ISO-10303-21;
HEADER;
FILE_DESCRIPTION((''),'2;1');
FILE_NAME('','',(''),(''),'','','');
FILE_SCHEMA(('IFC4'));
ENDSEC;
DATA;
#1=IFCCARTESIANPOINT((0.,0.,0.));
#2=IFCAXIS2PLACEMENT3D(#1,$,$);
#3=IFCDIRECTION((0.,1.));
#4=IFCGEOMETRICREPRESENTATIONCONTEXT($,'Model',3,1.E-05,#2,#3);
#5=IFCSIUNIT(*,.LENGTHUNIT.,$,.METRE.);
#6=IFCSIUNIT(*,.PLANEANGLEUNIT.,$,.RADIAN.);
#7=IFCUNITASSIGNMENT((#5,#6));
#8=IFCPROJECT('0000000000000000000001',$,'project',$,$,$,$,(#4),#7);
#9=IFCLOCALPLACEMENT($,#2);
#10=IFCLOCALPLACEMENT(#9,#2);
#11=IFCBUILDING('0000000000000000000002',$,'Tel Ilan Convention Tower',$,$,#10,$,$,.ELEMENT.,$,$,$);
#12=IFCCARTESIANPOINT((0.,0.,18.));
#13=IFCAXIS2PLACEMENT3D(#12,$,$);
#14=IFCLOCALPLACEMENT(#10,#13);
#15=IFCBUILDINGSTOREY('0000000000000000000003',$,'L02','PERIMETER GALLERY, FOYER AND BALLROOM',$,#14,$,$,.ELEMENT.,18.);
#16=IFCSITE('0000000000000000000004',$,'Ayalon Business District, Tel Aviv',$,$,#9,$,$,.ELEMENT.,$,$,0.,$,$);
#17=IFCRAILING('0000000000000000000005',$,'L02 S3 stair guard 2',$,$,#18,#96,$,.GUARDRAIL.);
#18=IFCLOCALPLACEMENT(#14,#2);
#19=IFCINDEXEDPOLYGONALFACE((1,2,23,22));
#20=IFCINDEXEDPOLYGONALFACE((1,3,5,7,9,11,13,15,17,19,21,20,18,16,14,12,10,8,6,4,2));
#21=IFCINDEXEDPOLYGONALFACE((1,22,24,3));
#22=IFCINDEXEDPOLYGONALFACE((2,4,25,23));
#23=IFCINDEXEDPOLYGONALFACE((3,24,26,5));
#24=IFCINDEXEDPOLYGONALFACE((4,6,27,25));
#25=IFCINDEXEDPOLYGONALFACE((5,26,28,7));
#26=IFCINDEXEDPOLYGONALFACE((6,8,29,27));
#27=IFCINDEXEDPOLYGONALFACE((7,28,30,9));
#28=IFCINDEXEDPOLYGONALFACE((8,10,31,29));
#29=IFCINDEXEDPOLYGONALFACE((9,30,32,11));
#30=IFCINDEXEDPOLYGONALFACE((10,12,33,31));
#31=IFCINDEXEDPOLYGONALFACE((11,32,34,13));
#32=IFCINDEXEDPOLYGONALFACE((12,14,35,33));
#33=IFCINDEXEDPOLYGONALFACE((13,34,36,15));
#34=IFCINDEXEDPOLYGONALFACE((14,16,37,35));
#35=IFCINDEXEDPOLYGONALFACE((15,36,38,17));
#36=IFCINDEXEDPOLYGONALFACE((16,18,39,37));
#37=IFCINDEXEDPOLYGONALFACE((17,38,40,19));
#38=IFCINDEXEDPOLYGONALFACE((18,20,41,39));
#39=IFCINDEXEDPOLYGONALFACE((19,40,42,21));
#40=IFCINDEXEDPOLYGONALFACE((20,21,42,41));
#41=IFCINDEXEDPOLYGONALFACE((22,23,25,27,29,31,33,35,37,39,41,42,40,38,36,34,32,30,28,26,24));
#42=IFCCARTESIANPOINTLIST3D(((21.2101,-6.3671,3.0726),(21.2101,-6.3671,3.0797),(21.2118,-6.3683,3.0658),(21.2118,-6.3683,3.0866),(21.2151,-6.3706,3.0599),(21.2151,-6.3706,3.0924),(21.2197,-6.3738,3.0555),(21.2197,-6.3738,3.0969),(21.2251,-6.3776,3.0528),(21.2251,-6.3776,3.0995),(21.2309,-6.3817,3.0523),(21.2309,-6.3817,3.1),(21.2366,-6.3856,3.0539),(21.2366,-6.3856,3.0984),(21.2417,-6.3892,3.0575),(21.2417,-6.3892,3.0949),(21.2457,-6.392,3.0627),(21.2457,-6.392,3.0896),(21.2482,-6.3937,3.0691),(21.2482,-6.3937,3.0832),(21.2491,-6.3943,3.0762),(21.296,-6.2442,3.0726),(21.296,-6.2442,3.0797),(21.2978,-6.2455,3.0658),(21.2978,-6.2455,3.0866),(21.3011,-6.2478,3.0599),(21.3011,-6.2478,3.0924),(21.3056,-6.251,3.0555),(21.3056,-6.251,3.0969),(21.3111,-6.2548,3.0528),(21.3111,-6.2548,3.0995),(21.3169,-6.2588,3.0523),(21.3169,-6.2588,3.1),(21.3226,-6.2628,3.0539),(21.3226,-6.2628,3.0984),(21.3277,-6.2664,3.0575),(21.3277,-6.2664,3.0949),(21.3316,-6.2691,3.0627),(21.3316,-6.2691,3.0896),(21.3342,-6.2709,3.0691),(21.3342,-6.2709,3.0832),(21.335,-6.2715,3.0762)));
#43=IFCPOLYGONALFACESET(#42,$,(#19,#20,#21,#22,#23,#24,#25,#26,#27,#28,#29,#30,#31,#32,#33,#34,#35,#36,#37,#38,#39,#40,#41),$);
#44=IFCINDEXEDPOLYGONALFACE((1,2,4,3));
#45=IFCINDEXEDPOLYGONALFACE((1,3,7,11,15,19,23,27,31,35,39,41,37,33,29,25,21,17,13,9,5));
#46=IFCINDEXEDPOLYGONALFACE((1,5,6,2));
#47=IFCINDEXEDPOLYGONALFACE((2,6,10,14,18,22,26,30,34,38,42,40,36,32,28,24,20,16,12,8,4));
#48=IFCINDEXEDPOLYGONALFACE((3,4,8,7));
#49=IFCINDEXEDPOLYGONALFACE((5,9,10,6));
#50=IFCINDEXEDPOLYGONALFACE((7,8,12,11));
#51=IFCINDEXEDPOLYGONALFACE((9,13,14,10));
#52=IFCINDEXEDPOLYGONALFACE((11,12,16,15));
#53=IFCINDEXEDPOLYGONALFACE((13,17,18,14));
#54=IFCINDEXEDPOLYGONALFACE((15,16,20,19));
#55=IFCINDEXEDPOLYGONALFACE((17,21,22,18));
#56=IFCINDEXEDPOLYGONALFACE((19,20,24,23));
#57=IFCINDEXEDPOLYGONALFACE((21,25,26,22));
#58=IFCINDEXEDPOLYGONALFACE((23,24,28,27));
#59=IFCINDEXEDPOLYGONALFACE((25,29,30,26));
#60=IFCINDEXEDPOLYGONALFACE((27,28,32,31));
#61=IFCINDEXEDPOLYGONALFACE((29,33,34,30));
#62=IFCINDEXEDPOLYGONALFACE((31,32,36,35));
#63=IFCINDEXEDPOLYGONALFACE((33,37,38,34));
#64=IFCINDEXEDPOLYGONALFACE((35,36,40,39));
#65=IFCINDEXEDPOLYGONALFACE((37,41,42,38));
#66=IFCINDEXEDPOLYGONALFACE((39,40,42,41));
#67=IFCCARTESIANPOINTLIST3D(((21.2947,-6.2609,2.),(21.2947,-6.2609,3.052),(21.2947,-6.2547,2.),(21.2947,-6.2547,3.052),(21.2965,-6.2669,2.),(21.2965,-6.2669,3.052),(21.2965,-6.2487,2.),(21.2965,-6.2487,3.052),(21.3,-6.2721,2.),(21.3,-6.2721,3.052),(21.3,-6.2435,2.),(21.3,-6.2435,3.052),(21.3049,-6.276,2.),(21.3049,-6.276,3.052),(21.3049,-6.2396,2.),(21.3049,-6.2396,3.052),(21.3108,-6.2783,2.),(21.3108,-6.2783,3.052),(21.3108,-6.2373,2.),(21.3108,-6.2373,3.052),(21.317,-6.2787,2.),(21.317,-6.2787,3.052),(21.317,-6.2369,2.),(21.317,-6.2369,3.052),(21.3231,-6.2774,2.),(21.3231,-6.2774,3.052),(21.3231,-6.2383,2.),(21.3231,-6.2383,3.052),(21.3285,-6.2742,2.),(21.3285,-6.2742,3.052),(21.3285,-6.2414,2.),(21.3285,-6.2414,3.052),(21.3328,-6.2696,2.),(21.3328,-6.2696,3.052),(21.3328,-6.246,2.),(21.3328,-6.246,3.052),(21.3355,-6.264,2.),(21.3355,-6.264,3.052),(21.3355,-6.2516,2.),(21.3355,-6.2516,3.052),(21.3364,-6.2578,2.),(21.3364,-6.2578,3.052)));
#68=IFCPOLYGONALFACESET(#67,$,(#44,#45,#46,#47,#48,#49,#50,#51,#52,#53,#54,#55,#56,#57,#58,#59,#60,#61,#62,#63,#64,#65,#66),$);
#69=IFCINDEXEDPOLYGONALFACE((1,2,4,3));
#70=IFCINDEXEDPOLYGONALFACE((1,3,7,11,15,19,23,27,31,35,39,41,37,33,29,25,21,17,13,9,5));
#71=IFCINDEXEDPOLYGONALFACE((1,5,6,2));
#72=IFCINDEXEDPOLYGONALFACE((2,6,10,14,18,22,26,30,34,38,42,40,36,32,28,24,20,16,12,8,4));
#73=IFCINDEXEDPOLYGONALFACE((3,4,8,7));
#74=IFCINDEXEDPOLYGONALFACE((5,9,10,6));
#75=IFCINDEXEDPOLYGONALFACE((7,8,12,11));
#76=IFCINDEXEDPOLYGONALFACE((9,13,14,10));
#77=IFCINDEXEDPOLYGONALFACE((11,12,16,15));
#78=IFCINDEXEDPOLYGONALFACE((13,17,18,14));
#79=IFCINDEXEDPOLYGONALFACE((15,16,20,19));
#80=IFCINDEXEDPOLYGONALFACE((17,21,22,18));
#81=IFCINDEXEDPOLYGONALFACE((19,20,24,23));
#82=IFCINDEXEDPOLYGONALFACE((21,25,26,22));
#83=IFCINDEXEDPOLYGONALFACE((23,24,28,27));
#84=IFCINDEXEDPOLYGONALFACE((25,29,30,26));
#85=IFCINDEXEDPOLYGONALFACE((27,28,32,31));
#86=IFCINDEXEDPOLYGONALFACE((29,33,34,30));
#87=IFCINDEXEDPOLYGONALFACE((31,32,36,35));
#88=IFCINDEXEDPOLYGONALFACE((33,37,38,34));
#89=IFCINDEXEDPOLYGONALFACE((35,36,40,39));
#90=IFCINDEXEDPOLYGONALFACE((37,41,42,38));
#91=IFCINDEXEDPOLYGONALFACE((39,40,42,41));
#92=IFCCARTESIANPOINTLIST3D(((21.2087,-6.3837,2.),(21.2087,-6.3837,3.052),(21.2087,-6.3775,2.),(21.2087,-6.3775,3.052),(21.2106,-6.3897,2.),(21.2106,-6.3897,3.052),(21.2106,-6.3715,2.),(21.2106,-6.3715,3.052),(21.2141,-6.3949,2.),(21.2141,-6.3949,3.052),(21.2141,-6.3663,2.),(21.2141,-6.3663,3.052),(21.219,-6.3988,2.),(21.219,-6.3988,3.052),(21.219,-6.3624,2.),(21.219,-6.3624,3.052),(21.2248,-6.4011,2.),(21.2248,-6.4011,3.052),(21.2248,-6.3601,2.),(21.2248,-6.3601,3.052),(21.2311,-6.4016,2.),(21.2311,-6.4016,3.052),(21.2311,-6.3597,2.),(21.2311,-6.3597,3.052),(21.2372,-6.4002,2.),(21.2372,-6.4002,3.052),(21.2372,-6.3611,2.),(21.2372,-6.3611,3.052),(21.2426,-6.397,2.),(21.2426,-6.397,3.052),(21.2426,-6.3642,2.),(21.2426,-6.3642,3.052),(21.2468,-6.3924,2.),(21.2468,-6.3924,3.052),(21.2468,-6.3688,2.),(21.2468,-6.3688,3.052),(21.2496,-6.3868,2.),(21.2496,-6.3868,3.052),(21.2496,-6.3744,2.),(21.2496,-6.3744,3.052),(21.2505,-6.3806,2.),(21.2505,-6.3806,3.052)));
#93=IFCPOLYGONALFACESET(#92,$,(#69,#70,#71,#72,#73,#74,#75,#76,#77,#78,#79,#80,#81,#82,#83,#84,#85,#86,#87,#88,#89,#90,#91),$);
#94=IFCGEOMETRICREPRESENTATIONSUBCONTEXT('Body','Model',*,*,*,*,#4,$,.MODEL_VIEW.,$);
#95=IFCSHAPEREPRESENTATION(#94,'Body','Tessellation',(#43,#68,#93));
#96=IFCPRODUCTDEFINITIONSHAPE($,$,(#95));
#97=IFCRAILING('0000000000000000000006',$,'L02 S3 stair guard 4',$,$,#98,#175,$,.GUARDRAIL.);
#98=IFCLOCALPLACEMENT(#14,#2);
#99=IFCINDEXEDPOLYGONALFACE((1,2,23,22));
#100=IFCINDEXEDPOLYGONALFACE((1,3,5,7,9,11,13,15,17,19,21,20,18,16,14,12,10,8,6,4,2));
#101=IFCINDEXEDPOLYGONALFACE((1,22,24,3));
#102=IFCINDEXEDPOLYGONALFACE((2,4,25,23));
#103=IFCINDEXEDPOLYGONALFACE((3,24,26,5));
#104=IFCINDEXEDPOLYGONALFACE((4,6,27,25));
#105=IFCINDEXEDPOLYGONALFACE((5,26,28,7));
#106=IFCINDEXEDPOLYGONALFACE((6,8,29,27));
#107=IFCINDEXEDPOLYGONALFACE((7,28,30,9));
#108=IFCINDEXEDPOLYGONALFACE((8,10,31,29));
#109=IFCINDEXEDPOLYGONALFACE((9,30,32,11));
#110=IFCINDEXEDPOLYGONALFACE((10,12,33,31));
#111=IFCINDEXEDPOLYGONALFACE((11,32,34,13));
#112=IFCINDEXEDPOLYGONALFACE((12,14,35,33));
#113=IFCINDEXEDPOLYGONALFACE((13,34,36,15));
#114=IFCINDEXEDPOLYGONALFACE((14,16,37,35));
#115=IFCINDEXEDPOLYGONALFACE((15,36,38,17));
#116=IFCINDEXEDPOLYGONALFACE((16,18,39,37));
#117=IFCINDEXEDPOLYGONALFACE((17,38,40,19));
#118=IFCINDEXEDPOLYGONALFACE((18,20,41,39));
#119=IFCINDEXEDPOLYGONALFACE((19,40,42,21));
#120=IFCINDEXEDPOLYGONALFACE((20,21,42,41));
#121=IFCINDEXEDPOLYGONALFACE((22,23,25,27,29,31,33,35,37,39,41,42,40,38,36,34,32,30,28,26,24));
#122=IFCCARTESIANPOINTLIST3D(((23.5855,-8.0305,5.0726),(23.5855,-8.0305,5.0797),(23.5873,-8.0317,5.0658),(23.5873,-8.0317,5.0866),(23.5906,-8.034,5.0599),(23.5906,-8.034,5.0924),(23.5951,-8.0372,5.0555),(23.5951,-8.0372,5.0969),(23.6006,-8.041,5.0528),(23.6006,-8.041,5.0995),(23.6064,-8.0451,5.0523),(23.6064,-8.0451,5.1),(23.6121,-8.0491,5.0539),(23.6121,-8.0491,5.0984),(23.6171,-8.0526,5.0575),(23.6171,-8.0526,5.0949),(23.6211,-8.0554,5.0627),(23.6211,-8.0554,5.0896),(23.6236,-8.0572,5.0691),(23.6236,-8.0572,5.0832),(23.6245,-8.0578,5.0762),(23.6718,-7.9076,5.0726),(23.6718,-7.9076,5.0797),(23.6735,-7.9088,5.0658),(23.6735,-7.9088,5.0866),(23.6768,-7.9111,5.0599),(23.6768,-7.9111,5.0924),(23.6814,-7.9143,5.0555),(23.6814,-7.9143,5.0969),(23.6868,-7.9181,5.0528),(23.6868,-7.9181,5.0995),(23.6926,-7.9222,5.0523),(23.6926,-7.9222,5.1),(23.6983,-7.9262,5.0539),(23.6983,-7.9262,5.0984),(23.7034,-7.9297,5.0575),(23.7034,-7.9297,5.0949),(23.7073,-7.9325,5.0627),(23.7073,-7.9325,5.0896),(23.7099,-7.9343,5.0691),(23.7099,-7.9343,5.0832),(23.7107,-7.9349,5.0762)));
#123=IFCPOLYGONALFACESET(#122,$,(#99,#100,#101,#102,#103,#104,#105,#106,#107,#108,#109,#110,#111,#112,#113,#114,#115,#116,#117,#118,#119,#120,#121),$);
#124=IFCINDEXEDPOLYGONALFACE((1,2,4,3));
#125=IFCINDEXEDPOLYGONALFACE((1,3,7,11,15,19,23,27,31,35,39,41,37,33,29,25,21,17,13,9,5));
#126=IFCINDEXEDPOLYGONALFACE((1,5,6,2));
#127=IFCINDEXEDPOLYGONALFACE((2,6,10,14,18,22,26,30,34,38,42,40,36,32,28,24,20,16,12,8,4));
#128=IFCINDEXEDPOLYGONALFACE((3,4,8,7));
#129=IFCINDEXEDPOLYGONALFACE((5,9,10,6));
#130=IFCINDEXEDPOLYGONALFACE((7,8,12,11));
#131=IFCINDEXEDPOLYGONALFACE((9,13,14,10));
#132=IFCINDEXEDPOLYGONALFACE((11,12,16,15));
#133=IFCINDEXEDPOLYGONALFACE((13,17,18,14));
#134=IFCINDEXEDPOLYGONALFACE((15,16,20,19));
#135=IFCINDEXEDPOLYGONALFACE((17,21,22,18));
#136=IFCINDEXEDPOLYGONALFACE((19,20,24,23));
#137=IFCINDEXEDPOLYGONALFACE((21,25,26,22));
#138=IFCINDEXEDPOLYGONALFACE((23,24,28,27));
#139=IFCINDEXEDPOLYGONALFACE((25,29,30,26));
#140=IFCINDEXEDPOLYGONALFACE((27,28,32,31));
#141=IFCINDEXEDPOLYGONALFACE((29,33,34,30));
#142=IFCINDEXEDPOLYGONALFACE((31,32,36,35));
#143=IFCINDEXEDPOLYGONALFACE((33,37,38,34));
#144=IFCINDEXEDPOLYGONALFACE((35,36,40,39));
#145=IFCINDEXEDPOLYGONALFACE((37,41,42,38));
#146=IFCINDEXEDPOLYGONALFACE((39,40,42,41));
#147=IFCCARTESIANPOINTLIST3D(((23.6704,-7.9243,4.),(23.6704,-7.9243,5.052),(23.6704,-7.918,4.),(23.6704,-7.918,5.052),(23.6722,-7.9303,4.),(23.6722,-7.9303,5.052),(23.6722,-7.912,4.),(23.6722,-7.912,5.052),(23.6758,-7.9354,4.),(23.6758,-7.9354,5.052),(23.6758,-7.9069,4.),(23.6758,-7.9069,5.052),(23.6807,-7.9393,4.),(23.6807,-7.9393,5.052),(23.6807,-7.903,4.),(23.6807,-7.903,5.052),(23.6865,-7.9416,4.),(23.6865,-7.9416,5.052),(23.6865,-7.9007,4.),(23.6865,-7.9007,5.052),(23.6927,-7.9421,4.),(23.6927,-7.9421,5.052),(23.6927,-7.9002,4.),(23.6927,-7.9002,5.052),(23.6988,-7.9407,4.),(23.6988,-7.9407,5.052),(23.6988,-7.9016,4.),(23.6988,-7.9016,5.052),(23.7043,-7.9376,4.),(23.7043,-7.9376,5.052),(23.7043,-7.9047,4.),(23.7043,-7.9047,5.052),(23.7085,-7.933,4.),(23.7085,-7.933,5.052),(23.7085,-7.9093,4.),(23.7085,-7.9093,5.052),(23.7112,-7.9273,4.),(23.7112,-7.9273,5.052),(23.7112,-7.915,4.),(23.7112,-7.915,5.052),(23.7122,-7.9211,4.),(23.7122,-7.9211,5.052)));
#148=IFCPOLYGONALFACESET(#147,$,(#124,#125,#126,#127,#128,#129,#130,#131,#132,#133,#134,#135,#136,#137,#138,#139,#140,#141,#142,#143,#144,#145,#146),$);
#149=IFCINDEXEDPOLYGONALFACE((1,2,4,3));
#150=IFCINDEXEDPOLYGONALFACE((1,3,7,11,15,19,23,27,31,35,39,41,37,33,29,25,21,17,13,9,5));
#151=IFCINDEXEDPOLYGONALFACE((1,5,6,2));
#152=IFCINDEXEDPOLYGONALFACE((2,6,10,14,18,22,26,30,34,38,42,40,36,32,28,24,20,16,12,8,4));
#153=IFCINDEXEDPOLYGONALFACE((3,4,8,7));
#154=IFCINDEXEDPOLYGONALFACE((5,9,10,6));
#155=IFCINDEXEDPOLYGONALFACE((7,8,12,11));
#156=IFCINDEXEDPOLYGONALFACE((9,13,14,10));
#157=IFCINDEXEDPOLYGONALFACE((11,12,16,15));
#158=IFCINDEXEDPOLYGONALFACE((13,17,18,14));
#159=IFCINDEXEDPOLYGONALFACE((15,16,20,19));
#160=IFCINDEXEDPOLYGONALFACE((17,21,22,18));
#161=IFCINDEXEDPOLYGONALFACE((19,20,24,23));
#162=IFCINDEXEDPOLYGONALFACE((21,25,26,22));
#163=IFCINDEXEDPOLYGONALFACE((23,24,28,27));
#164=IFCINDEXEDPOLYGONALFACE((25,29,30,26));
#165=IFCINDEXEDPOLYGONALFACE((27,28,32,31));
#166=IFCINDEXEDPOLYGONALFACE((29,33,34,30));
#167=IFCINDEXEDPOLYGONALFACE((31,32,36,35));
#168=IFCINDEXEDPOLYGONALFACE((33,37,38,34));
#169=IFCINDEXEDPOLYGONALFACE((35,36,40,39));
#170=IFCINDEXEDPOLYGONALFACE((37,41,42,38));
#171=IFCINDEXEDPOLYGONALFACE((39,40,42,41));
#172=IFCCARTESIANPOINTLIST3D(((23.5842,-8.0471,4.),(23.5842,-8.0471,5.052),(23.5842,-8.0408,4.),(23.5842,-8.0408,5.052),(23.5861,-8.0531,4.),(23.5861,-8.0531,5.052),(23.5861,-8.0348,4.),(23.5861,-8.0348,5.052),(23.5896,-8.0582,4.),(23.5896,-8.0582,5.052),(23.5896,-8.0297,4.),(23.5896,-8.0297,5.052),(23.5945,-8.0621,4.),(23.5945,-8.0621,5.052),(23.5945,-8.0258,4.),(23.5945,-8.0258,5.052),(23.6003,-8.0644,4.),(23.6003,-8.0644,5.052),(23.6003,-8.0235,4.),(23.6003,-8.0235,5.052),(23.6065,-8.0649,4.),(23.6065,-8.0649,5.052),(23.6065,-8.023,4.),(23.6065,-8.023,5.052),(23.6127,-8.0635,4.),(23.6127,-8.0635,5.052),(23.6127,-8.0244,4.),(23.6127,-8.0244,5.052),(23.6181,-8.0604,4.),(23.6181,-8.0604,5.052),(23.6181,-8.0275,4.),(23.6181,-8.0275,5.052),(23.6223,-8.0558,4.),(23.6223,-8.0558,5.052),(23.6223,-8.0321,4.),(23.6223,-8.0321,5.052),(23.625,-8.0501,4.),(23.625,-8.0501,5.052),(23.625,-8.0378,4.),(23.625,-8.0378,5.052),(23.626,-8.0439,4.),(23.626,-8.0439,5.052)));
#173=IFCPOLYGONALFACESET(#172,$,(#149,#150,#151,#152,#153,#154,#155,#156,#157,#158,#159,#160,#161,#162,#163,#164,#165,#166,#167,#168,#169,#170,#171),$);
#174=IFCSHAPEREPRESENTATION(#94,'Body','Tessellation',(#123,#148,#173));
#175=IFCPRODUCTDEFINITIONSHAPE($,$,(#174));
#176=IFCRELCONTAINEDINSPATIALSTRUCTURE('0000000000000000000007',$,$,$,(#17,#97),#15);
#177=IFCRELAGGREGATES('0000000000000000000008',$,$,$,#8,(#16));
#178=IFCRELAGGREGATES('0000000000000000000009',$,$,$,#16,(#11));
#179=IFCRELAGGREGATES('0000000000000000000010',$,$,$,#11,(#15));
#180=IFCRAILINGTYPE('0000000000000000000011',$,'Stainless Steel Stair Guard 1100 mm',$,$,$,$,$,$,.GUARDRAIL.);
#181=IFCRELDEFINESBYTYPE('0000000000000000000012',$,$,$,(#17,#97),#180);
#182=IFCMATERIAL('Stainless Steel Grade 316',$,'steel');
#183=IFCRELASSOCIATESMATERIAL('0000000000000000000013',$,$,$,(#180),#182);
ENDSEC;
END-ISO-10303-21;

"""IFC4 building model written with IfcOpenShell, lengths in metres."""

from ifc_helpers import new_model, si_unit, direction, frame, origin, origin_2d, place, context, subcontext, project, spatial, circle, extrude, material, type_object, element, save


model = new_model("IFC4")

# Units and contexts
model_context = context("Model", 3, precision=1e-05, world=origin(), true_north=direction((0.0, 1.0)))
body_context = subcontext(model_context, "Body", "Model", "MODEL_VIEW")
ifc_project = project(units=[si_unit("LENGTHUNIT", "METRE"), si_unit("PLANEANGLEUNIT", "RADIAN")], contexts=[model_context])

# Site, building, storey
site_placement = place(None, origin())
site = spatial("IfcSite", under=ifc_project, at=site_placement, Name="Ayalon Business District, Tel Aviv", CompositionType="ELEMENT", RefElevation=0.0)
building_placement = place(site_placement, origin())
building = spatial("IfcBuilding", under=site, at=building_placement, Name="Tel Ilan Convention Tower", CompositionType="ELEMENT")
storey_placement = place(building_placement, frame((0.0, 0.0, 18.0)))
storey = spatial("IfcBuildingStorey", under=building, at=storey_placement, Name="L02", Description="PERIMETER GALLERY, FOYER AND BALLROOM", CompositionType="ELEMENT", Elevation=18.0)

# Railings
ifc_material_1 = material(Name="Stainless Steel Grade 316", Category="steel")
railing_type_1 = type_object("IfcRailingType", Name="Stainless Steel Stair Guard 1100 mm", PredefinedType="GUARDRAIL", material=ifc_material_1)
railing_1_placement = place(storey_placement, frame((21.3154, -6.2578, 2.0)))
element("IfcRailing", 1, at=railing_1_placement, inside=storey, type_object=railing_type_1, Name="L02 S3 stair guard 2", PredefinedType="GUARDRAIL", context=body_context, shape_type="SweptSolid", body=[
    extrude(circle(Radius=0.0239, at=origin_2d()), frame((0.0, 0.0, 1.0762), z_axis=(-0.573353, -0.819308, 0.0), x_axis=(0.819308, -0.573353, 0.0)), (0.0, 0.0, 1.0), 0.1499),
    extrude(circle(Radius=0.021, at=origin_2d()), origin(), (0.0, 0.0, 1.0), 1.052),
    extrude(circle(Radius=0.021, at=origin_2d()), frame((-0.0859, -0.1228, 0.0)), (0.0, 0.0, 1.0), 1.052),
])
railing_2_placement = place(storey_placement, frame((23.6912, -7.9211, 4.0)))
element("IfcRailing", 2, at=railing_2_placement, inside=storey, type_object=railing_type_1, Name="L02 S3 stair guard 4", PredefinedType="GUARDRAIL", context=body_context, shape_type="SweptSolid", body=[
    extrude(circle(Radius=0.0239, at=origin_2d()), frame((0.0, 0.0, 1.0762), z_axis=(-0.574445, -0.818543, 0.0), x_axis=(0.818543, -0.574445, 0.0)), (0.0, 0.0, 1.0), 0.1501),
    extrude(circle(Radius=0.021, at=origin_2d()), origin(), (0.0, 0.0, 1.0), 1.052),
    extrude(circle(Radius=0.021, at=origin_2d()), frame((-0.0862, -0.1228, 0.0)), (0.0, 0.0, 1.0), 1.052),
])

save(model, "model.ifc")
